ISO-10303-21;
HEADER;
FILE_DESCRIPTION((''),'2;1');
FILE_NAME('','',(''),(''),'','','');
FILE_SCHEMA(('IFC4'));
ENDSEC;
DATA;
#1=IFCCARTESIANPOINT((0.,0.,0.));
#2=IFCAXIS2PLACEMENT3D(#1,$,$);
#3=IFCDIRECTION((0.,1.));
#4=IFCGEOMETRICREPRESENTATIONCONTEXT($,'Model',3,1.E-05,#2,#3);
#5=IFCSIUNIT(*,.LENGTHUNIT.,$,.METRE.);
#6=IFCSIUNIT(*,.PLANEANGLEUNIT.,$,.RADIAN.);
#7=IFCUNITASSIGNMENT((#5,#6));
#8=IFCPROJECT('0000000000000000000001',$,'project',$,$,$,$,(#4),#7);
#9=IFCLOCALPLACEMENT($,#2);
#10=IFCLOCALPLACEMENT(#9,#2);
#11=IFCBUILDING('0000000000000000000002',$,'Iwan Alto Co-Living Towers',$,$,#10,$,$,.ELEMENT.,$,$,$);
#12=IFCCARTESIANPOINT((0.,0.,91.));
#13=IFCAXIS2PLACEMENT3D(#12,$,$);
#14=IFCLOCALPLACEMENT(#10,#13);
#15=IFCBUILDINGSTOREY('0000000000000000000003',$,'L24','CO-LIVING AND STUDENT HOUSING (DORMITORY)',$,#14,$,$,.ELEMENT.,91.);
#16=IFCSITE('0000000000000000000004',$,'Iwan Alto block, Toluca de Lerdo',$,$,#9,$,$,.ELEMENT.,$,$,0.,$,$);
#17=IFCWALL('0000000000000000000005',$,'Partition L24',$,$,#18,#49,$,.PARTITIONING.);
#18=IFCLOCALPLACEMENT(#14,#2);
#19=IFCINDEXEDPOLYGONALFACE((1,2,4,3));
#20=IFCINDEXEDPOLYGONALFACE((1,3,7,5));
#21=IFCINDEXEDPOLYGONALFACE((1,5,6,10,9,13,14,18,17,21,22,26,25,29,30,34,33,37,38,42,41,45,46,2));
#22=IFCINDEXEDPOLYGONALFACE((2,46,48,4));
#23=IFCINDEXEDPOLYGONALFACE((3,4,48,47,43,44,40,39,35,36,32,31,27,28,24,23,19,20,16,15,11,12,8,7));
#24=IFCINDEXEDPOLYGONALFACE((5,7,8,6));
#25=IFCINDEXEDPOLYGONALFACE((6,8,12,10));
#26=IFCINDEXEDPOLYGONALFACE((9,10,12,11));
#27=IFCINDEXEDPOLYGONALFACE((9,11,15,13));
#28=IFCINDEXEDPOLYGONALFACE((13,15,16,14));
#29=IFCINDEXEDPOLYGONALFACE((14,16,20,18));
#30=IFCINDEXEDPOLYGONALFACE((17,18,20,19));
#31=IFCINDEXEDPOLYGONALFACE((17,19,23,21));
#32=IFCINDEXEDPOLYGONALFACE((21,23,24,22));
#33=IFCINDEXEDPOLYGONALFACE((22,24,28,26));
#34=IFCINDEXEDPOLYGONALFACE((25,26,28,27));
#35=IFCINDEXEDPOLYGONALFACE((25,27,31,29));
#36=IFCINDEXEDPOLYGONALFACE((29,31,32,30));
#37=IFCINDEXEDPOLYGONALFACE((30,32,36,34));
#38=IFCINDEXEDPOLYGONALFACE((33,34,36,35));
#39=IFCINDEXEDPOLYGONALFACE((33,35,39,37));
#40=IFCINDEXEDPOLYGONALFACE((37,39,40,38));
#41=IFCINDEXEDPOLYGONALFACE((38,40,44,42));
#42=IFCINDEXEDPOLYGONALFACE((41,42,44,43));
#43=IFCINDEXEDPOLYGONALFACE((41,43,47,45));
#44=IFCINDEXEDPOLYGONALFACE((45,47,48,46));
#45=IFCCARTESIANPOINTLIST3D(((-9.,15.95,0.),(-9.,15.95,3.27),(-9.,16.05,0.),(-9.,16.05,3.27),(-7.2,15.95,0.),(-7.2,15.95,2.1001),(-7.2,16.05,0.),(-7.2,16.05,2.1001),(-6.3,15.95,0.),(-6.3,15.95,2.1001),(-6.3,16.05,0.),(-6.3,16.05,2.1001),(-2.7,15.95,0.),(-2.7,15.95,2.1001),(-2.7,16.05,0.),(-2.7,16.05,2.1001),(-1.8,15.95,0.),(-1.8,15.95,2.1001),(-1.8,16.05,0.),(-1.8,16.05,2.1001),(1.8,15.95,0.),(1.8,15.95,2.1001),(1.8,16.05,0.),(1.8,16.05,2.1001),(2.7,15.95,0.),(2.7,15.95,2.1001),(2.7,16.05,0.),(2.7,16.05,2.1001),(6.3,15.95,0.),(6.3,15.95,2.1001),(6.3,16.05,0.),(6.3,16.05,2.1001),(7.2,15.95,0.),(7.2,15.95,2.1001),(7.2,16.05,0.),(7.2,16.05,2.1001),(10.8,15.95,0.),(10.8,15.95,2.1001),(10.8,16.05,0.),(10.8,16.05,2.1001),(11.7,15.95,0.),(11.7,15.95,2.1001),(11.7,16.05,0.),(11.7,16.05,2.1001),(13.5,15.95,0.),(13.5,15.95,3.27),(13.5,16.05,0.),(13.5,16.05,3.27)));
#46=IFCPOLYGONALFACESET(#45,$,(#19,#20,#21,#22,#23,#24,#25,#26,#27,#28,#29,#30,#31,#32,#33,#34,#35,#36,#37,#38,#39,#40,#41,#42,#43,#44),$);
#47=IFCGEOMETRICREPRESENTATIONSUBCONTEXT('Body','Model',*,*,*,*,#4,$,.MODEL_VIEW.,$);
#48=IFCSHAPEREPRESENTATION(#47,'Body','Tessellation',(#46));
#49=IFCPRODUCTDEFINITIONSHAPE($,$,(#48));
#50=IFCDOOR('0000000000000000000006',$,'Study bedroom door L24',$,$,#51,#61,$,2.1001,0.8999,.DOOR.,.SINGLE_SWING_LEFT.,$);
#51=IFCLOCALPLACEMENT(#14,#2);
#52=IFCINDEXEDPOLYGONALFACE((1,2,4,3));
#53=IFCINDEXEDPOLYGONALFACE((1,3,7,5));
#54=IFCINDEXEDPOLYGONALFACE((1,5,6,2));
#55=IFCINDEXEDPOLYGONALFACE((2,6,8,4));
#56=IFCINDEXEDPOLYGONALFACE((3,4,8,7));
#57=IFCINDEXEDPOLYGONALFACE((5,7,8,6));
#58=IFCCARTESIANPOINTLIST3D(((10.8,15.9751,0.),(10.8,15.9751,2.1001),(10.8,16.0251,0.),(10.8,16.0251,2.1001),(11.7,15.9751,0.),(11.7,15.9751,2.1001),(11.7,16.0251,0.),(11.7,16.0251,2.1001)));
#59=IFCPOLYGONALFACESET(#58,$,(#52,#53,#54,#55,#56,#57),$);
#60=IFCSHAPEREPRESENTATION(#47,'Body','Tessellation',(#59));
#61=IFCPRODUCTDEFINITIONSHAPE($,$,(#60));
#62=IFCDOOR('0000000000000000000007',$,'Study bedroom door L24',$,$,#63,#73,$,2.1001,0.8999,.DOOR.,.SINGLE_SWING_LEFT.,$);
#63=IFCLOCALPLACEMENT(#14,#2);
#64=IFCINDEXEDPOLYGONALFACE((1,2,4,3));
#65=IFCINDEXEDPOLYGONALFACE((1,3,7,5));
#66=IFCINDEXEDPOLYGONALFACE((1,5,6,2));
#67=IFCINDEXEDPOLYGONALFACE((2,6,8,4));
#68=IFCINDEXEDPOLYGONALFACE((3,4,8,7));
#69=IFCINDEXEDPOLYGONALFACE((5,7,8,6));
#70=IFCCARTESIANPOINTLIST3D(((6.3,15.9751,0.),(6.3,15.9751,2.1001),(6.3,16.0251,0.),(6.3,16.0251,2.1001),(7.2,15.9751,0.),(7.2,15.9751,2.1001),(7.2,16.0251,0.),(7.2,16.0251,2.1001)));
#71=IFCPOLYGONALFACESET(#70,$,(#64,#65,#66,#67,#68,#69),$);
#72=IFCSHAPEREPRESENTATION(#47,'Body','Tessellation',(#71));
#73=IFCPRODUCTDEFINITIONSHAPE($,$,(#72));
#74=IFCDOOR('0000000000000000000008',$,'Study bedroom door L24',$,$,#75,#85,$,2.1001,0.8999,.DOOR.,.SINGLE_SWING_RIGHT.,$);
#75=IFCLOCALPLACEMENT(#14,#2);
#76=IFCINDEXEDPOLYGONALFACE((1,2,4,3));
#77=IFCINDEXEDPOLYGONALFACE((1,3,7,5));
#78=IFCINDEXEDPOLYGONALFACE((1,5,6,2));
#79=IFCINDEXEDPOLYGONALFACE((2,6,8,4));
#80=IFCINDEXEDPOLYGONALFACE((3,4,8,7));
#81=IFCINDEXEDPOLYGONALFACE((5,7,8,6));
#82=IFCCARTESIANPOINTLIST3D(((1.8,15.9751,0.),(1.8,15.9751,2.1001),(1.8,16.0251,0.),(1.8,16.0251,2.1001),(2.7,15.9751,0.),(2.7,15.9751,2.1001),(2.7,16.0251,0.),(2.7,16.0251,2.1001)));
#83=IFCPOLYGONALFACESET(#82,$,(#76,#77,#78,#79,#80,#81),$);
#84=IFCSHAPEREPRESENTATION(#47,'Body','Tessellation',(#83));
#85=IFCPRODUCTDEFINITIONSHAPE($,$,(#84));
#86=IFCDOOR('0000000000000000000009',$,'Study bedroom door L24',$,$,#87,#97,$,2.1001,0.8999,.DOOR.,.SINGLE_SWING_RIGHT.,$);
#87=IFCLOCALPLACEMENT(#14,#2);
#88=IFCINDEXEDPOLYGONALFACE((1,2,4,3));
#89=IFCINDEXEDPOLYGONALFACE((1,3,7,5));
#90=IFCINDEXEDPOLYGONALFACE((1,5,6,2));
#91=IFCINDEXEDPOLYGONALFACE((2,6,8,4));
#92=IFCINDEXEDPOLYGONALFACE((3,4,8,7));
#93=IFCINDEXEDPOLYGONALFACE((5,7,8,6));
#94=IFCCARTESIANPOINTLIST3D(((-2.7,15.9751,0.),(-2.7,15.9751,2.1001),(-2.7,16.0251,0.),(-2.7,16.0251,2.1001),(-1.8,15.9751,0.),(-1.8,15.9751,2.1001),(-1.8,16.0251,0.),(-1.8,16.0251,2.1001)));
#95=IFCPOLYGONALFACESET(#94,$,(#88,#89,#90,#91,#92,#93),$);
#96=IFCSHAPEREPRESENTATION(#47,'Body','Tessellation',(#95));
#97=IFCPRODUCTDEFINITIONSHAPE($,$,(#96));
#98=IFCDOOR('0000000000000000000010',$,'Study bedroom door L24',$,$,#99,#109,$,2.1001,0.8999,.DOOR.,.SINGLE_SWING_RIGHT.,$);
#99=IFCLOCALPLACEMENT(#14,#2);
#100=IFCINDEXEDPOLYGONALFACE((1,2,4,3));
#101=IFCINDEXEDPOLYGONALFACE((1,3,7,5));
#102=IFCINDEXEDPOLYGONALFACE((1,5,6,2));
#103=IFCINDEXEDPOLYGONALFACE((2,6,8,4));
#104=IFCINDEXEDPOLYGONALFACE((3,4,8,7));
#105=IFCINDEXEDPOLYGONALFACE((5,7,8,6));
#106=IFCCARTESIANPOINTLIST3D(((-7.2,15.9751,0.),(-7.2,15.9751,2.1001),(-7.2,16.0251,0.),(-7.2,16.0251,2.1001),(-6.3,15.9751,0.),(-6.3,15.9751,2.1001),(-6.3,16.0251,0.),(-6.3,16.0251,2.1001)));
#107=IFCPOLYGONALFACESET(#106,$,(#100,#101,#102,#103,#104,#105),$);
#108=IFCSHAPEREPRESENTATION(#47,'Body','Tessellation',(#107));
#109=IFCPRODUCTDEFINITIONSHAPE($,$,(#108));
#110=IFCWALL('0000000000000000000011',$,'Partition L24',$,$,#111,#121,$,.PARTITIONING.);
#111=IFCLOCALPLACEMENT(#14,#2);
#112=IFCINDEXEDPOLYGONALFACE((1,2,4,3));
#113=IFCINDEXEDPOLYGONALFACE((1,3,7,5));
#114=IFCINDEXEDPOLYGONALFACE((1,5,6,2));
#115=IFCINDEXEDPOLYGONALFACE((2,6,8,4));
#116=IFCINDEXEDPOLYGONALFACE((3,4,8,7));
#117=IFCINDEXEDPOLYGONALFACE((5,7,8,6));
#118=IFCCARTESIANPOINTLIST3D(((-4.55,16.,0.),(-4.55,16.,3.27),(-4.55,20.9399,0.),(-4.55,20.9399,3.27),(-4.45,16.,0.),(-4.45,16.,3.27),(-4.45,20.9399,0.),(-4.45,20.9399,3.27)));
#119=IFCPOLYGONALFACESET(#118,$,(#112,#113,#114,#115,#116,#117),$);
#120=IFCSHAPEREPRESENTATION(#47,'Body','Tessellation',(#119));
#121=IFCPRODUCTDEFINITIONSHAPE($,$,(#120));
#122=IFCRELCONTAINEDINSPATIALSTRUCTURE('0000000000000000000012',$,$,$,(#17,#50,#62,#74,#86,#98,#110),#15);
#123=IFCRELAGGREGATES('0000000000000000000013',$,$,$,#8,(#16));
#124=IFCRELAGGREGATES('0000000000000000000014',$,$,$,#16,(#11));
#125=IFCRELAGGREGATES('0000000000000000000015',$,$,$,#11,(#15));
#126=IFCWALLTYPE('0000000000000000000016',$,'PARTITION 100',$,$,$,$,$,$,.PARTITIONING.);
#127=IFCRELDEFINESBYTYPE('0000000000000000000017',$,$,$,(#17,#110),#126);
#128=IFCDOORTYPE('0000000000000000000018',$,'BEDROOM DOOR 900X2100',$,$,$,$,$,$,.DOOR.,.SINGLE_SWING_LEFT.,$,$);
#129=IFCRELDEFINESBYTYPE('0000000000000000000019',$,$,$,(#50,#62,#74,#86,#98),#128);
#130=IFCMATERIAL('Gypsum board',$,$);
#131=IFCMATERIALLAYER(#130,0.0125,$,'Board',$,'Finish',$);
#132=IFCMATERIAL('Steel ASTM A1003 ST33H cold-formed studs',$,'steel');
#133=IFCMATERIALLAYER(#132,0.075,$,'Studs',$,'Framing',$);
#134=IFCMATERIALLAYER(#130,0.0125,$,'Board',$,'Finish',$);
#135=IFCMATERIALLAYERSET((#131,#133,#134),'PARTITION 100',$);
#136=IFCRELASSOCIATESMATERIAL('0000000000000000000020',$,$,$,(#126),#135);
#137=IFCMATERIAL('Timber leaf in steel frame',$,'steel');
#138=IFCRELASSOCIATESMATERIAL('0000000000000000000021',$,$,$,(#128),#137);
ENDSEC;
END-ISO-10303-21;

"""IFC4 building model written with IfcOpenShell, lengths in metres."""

from ifc_helpers import new_model, si_unit, direction, frame, frame_2d, origin, place, context, subcontext, project, spatial, rectangle, extrude, material, layer, layer_set, type_object, element, fill, save


model = new_model("IFC4")

# Units and contexts
model_context = context("Model", 3, precision=1e-05, world=origin(), true_north=direction((0.0, 1.0)))
body_context = subcontext(model_context, "Body", "Model", "MODEL_VIEW")
ifc_project = project(units=[si_unit("LENGTHUNIT", "METRE"), si_unit("PLANEANGLEUNIT", "RADIAN")], contexts=[model_context])

# Site, building, storey
site_placement = place(None, origin())
site = spatial("IfcSite", under=ifc_project, at=site_placement, Name="Iwan Alto block, Toluca de Lerdo", CompositionType="ELEMENT", RefElevation=0.0)
building_placement = place(site_placement, origin())
building = spatial("IfcBuilding", under=site, at=building_placement, Name="Iwan Alto Co-Living Towers", CompositionType="ELEMENT")
storey_placement = place(building_placement, frame((0.0, 0.0, 91.0)))
storey = spatial("IfcBuildingStorey", under=building, at=storey_placement, Name="L24", Description="CO-LIVING AND STUDENT HOUSING (DORMITORY)", CompositionType="ELEMENT", Elevation=91.0)

# Wall, openings, doors
ifc_material_1 = material(Name="Gypsum board")
ifc_layer_1 = layer(ifc_material_1, 0.0125, Name="Board", Category="Finish")
ifc_material_2 = material(Name="Steel ASTM A1003 ST33H cold-formed studs", Category="steel")
ifc_layer_2 = layer(ifc_material_2, 0.075, Name="Studs", Category="Framing")
ifc_layer_3 = layer(ifc_material_1, 0.0125, Name="Board", Category="Finish")
ifc_layer_set_1 = layer_set([ifc_layer_1, ifc_layer_2, ifc_layer_3], Name="PARTITION 100")
wall_type_1 = type_object("IfcWallType", Name="PARTITION 100", PredefinedType="PARTITIONING", material=ifc_layer_set_1)
wall_1_placement = place(storey_placement, frame((-9.0, 16.0, 0.0), z_axis=(0.0, 0.0, 1.0), x_axis=(1.0, 0.0, 0.0)))
wall_1 = element("IfcWall", 1, at=wall_1_placement, inside=storey, type_object=wall_type_1, Name="Partition L24", PredefinedType="PARTITIONING", context=body_context, shape_type="SweptSolid", body=[
    extrude(rectangle(XDim=22.5, YDim=0.1001, at=frame_2d((11.25, 0.0))), origin(), (0.0, 0.0, 1.0), 3.27),
])
opening_1_placement = place(wall_1_placement, frame((19.8, 0.0, 0.0)))
opening_1 = element("IfcOpeningElement", 2, at=opening_1_placement, cuts=wall_1, PredefinedType="OPENING", context=body_context, shape_type="SweptSolid", body=[
    extrude(rectangle(XDim=0.8999, YDim=2.1001, at=frame_2d((0.45, 1.05))), frame((0.0, 0.0601, 0.0), z_axis=(0.0, -1.0, 0.0), x_axis=(1.0, 0.0, 0.0)), (0.0, 0.0, 1.0), 0.1201),
])
opening_2_placement = place(wall_1_placement, frame((15.3, 0.0, 0.0)))
opening_2 = element("IfcOpeningElement", 3, at=opening_2_placement, cuts=wall_1, PredefinedType="OPENING", context=body_context, shape_type="SweptSolid", body=[
    extrude(rectangle(XDim=0.8999, YDim=2.1001, at=frame_2d((0.45, 1.05))), frame((0.0, 0.0601, 0.0), z_axis=(0.0, -1.0, 0.0), x_axis=(1.0, 0.0, 0.0)), (0.0, 0.0, 1.0), 0.1201),
])
opening_3_placement = place(wall_1_placement, frame((10.8, 0.0, 0.0)))
opening_3 = element("IfcOpeningElement", 4, at=opening_3_placement, cuts=wall_1, PredefinedType="OPENING", context=body_context, shape_type="SweptSolid", body=[
    extrude(rectangle(XDim=0.8999, YDim=2.1001, at=frame_2d((0.45, 1.05))), frame((0.0, 0.0601, 0.0), z_axis=(0.0, -1.0, 0.0), x_axis=(1.0, 0.0, 0.0)), (0.0, 0.0, 1.0), 0.1201),
])
opening_4_placement = place(wall_1_placement, frame((6.3, 0.0, 0.0)))
opening_4 = element("IfcOpeningElement", 5, at=opening_4_placement, cuts=wall_1, PredefinedType="OPENING", context=body_context, shape_type="SweptSolid", body=[
    extrude(rectangle(XDim=0.8999, YDim=2.1001, at=frame_2d((0.45, 1.05))), frame((0.0, 0.0601, 0.0), z_axis=(0.0, -1.0, 0.0), x_axis=(1.0, 0.0, 0.0)), (0.0, 0.0, 1.0), 0.1201),
])
opening_5_placement = place(wall_1_placement, frame((1.8, 0.0, 0.0)))
opening_5 = element("IfcOpeningElement", 6, at=opening_5_placement, cuts=wall_1, PredefinedType="OPENING", context=body_context, shape_type="SweptSolid", body=[
    extrude(rectangle(XDim=0.8999, YDim=2.1001, at=frame_2d((0.45, 1.05))), frame((0.0, 0.0601, 0.0), z_axis=(0.0, -1.0, 0.0), x_axis=(1.0, 0.0, 0.0)), (0.0, 0.0, 1.0), 0.1201),
])
ifc_material_3 = material(Name="Timber leaf in steel frame", Category="steel")
door_type_1 = type_object("IfcDoorType", Name="BEDROOM DOOR 900X2100", OperationType="SINGLE_SWING_LEFT", PredefinedType="DOOR", material=ifc_material_3)
door_1_placement = place(opening_1_placement, frame((0.8999, 0.0, 0.0), z_axis=(0.0, 0.0, 1.0), x_axis=(-1.0, 0.0, 0.0)))
door_1 = element("IfcDoor", 7, at=door_1_placement, inside=storey, type_object=door_type_1, Name="Study bedroom door L24", OperationType="SINGLE_SWING_LEFT", OverallHeight=2.1001, OverallWidth=0.8999, PredefinedType="DOOR", context=body_context, shape_type="SweptSolid", body=[
    extrude(rectangle(XDim=0.8999, YDim=2.1001, at=frame_2d((0.45, 1.05))), frame((0.0, 0.0249, 0.0), z_axis=(0.0, -1.0, 0.0), x_axis=(1.0, 0.0, 0.0)), (0.0, 0.0, 1.0), 0.05),
])
fill(opening_1, door_1)
door_2_placement = place(opening_2_placement, frame((0.8999, 0.0, 0.0), z_axis=(0.0, 0.0, 1.0), x_axis=(-1.0, 0.0, 0.0)))
door_2 = element("IfcDoor", 8, at=door_2_placement, inside=storey, type_object=door_type_1, Name="Study bedroom door L24", OperationType="SINGLE_SWING_LEFT", OverallHeight=2.1001, OverallWidth=0.8999, PredefinedType="DOOR", context=body_context, shape_type="SweptSolid", body=[
    extrude(rectangle(XDim=0.8999, YDim=2.1001, at=frame_2d((0.45, 1.05))), frame((0.0, 0.0249, 0.0), z_axis=(0.0, -1.0, 0.0), x_axis=(1.0, 0.0, 0.0)), (0.0, 0.0, 1.0), 0.05),
])
fill(opening_2, door_2)
door_3_placement = place(opening_3_placement, frame((0.8999, 0.0, 0.0), z_axis=(0.0, 0.0, 1.0), x_axis=(-1.0, 0.0, 0.0)))
door_3 = element("IfcDoor", 9, at=door_3_placement, inside=storey, type_object=door_type_1, Name="Study bedroom door L24", OperationType="SINGLE_SWING_RIGHT", OverallHeight=2.1001, OverallWidth=0.8999, PredefinedType="DOOR", context=body_context, shape_type="SweptSolid", body=[
    extrude(rectangle(XDim=0.8999, YDim=2.1001, at=frame_2d((0.45, 1.05))), frame((0.0, 0.0249, 0.0), z_axis=(0.0, -1.0, 0.0), x_axis=(1.0, 0.0, 0.0)), (0.0, 0.0, 1.0), 0.05),
])
fill(opening_3, door_3)
door_4_placement = place(opening_4_placement, frame((0.8999, 0.0, 0.0), z_axis=(0.0, 0.0, 1.0), x_axis=(-1.0, 0.0, 0.0)))
door_4 = element("IfcDoor", 10, at=door_4_placement, inside=storey, type_object=door_type_1, Name="Study bedroom door L24", OperationType="SINGLE_SWING_RIGHT", OverallHeight=2.1001, OverallWidth=0.8999, PredefinedType="DOOR", context=body_context, shape_type="SweptSolid", body=[
    extrude(rectangle(XDim=0.8999, YDim=2.1001, at=frame_2d((0.45, 1.05))), frame((0.0, 0.0249, 0.0), z_axis=(0.0, -1.0, 0.0), x_axis=(1.0, 0.0, 0.0)), (0.0, 0.0, 1.0), 0.05),
])
fill(opening_4, door_4)
door_5_placement = place(opening_5_placement, frame((0.8999, 0.0, 0.0), z_axis=(0.0, 0.0, 1.0), x_axis=(-1.0, 0.0, 0.0)))
door_5 = element("IfcDoor", 11, at=door_5_placement, inside=storey, type_object=door_type_1, Name="Study bedroom door L24", OperationType="SINGLE_SWING_RIGHT", OverallHeight=2.1001, OverallWidth=0.8999, PredefinedType="DOOR", context=body_context, shape_type="SweptSolid", body=[
    extrude(rectangle(XDim=0.8999, YDim=2.1001, at=frame_2d((0.45, 1.05))), frame((0.0, 0.0249, 0.0), z_axis=(0.0, -1.0, 0.0), x_axis=(1.0, 0.0, 0.0)), (0.0, 0.0, 1.0), 0.05),
])
fill(opening_5, door_5)

# Wall
wall_2_placement = place(storey_placement, frame((-4.5, 16.0, 0.0), z_axis=(0.0, 0.0, 1.0), x_axis=(0.0, 1.0, 0.0)))
element("IfcWall", 12, at=wall_2_placement, inside=storey, type_object=wall_type_1, Name="Partition L24", PredefinedType="PARTITIONING", context=body_context, shape_type="SweptSolid", body=[
    extrude(rectangle(XDim=4.9399, YDim=0.1001, at=frame_2d((2.47, 0.0))), origin(), (0.0, 0.0, 1.0), 3.27),
])

save(model, "model.ifc")
